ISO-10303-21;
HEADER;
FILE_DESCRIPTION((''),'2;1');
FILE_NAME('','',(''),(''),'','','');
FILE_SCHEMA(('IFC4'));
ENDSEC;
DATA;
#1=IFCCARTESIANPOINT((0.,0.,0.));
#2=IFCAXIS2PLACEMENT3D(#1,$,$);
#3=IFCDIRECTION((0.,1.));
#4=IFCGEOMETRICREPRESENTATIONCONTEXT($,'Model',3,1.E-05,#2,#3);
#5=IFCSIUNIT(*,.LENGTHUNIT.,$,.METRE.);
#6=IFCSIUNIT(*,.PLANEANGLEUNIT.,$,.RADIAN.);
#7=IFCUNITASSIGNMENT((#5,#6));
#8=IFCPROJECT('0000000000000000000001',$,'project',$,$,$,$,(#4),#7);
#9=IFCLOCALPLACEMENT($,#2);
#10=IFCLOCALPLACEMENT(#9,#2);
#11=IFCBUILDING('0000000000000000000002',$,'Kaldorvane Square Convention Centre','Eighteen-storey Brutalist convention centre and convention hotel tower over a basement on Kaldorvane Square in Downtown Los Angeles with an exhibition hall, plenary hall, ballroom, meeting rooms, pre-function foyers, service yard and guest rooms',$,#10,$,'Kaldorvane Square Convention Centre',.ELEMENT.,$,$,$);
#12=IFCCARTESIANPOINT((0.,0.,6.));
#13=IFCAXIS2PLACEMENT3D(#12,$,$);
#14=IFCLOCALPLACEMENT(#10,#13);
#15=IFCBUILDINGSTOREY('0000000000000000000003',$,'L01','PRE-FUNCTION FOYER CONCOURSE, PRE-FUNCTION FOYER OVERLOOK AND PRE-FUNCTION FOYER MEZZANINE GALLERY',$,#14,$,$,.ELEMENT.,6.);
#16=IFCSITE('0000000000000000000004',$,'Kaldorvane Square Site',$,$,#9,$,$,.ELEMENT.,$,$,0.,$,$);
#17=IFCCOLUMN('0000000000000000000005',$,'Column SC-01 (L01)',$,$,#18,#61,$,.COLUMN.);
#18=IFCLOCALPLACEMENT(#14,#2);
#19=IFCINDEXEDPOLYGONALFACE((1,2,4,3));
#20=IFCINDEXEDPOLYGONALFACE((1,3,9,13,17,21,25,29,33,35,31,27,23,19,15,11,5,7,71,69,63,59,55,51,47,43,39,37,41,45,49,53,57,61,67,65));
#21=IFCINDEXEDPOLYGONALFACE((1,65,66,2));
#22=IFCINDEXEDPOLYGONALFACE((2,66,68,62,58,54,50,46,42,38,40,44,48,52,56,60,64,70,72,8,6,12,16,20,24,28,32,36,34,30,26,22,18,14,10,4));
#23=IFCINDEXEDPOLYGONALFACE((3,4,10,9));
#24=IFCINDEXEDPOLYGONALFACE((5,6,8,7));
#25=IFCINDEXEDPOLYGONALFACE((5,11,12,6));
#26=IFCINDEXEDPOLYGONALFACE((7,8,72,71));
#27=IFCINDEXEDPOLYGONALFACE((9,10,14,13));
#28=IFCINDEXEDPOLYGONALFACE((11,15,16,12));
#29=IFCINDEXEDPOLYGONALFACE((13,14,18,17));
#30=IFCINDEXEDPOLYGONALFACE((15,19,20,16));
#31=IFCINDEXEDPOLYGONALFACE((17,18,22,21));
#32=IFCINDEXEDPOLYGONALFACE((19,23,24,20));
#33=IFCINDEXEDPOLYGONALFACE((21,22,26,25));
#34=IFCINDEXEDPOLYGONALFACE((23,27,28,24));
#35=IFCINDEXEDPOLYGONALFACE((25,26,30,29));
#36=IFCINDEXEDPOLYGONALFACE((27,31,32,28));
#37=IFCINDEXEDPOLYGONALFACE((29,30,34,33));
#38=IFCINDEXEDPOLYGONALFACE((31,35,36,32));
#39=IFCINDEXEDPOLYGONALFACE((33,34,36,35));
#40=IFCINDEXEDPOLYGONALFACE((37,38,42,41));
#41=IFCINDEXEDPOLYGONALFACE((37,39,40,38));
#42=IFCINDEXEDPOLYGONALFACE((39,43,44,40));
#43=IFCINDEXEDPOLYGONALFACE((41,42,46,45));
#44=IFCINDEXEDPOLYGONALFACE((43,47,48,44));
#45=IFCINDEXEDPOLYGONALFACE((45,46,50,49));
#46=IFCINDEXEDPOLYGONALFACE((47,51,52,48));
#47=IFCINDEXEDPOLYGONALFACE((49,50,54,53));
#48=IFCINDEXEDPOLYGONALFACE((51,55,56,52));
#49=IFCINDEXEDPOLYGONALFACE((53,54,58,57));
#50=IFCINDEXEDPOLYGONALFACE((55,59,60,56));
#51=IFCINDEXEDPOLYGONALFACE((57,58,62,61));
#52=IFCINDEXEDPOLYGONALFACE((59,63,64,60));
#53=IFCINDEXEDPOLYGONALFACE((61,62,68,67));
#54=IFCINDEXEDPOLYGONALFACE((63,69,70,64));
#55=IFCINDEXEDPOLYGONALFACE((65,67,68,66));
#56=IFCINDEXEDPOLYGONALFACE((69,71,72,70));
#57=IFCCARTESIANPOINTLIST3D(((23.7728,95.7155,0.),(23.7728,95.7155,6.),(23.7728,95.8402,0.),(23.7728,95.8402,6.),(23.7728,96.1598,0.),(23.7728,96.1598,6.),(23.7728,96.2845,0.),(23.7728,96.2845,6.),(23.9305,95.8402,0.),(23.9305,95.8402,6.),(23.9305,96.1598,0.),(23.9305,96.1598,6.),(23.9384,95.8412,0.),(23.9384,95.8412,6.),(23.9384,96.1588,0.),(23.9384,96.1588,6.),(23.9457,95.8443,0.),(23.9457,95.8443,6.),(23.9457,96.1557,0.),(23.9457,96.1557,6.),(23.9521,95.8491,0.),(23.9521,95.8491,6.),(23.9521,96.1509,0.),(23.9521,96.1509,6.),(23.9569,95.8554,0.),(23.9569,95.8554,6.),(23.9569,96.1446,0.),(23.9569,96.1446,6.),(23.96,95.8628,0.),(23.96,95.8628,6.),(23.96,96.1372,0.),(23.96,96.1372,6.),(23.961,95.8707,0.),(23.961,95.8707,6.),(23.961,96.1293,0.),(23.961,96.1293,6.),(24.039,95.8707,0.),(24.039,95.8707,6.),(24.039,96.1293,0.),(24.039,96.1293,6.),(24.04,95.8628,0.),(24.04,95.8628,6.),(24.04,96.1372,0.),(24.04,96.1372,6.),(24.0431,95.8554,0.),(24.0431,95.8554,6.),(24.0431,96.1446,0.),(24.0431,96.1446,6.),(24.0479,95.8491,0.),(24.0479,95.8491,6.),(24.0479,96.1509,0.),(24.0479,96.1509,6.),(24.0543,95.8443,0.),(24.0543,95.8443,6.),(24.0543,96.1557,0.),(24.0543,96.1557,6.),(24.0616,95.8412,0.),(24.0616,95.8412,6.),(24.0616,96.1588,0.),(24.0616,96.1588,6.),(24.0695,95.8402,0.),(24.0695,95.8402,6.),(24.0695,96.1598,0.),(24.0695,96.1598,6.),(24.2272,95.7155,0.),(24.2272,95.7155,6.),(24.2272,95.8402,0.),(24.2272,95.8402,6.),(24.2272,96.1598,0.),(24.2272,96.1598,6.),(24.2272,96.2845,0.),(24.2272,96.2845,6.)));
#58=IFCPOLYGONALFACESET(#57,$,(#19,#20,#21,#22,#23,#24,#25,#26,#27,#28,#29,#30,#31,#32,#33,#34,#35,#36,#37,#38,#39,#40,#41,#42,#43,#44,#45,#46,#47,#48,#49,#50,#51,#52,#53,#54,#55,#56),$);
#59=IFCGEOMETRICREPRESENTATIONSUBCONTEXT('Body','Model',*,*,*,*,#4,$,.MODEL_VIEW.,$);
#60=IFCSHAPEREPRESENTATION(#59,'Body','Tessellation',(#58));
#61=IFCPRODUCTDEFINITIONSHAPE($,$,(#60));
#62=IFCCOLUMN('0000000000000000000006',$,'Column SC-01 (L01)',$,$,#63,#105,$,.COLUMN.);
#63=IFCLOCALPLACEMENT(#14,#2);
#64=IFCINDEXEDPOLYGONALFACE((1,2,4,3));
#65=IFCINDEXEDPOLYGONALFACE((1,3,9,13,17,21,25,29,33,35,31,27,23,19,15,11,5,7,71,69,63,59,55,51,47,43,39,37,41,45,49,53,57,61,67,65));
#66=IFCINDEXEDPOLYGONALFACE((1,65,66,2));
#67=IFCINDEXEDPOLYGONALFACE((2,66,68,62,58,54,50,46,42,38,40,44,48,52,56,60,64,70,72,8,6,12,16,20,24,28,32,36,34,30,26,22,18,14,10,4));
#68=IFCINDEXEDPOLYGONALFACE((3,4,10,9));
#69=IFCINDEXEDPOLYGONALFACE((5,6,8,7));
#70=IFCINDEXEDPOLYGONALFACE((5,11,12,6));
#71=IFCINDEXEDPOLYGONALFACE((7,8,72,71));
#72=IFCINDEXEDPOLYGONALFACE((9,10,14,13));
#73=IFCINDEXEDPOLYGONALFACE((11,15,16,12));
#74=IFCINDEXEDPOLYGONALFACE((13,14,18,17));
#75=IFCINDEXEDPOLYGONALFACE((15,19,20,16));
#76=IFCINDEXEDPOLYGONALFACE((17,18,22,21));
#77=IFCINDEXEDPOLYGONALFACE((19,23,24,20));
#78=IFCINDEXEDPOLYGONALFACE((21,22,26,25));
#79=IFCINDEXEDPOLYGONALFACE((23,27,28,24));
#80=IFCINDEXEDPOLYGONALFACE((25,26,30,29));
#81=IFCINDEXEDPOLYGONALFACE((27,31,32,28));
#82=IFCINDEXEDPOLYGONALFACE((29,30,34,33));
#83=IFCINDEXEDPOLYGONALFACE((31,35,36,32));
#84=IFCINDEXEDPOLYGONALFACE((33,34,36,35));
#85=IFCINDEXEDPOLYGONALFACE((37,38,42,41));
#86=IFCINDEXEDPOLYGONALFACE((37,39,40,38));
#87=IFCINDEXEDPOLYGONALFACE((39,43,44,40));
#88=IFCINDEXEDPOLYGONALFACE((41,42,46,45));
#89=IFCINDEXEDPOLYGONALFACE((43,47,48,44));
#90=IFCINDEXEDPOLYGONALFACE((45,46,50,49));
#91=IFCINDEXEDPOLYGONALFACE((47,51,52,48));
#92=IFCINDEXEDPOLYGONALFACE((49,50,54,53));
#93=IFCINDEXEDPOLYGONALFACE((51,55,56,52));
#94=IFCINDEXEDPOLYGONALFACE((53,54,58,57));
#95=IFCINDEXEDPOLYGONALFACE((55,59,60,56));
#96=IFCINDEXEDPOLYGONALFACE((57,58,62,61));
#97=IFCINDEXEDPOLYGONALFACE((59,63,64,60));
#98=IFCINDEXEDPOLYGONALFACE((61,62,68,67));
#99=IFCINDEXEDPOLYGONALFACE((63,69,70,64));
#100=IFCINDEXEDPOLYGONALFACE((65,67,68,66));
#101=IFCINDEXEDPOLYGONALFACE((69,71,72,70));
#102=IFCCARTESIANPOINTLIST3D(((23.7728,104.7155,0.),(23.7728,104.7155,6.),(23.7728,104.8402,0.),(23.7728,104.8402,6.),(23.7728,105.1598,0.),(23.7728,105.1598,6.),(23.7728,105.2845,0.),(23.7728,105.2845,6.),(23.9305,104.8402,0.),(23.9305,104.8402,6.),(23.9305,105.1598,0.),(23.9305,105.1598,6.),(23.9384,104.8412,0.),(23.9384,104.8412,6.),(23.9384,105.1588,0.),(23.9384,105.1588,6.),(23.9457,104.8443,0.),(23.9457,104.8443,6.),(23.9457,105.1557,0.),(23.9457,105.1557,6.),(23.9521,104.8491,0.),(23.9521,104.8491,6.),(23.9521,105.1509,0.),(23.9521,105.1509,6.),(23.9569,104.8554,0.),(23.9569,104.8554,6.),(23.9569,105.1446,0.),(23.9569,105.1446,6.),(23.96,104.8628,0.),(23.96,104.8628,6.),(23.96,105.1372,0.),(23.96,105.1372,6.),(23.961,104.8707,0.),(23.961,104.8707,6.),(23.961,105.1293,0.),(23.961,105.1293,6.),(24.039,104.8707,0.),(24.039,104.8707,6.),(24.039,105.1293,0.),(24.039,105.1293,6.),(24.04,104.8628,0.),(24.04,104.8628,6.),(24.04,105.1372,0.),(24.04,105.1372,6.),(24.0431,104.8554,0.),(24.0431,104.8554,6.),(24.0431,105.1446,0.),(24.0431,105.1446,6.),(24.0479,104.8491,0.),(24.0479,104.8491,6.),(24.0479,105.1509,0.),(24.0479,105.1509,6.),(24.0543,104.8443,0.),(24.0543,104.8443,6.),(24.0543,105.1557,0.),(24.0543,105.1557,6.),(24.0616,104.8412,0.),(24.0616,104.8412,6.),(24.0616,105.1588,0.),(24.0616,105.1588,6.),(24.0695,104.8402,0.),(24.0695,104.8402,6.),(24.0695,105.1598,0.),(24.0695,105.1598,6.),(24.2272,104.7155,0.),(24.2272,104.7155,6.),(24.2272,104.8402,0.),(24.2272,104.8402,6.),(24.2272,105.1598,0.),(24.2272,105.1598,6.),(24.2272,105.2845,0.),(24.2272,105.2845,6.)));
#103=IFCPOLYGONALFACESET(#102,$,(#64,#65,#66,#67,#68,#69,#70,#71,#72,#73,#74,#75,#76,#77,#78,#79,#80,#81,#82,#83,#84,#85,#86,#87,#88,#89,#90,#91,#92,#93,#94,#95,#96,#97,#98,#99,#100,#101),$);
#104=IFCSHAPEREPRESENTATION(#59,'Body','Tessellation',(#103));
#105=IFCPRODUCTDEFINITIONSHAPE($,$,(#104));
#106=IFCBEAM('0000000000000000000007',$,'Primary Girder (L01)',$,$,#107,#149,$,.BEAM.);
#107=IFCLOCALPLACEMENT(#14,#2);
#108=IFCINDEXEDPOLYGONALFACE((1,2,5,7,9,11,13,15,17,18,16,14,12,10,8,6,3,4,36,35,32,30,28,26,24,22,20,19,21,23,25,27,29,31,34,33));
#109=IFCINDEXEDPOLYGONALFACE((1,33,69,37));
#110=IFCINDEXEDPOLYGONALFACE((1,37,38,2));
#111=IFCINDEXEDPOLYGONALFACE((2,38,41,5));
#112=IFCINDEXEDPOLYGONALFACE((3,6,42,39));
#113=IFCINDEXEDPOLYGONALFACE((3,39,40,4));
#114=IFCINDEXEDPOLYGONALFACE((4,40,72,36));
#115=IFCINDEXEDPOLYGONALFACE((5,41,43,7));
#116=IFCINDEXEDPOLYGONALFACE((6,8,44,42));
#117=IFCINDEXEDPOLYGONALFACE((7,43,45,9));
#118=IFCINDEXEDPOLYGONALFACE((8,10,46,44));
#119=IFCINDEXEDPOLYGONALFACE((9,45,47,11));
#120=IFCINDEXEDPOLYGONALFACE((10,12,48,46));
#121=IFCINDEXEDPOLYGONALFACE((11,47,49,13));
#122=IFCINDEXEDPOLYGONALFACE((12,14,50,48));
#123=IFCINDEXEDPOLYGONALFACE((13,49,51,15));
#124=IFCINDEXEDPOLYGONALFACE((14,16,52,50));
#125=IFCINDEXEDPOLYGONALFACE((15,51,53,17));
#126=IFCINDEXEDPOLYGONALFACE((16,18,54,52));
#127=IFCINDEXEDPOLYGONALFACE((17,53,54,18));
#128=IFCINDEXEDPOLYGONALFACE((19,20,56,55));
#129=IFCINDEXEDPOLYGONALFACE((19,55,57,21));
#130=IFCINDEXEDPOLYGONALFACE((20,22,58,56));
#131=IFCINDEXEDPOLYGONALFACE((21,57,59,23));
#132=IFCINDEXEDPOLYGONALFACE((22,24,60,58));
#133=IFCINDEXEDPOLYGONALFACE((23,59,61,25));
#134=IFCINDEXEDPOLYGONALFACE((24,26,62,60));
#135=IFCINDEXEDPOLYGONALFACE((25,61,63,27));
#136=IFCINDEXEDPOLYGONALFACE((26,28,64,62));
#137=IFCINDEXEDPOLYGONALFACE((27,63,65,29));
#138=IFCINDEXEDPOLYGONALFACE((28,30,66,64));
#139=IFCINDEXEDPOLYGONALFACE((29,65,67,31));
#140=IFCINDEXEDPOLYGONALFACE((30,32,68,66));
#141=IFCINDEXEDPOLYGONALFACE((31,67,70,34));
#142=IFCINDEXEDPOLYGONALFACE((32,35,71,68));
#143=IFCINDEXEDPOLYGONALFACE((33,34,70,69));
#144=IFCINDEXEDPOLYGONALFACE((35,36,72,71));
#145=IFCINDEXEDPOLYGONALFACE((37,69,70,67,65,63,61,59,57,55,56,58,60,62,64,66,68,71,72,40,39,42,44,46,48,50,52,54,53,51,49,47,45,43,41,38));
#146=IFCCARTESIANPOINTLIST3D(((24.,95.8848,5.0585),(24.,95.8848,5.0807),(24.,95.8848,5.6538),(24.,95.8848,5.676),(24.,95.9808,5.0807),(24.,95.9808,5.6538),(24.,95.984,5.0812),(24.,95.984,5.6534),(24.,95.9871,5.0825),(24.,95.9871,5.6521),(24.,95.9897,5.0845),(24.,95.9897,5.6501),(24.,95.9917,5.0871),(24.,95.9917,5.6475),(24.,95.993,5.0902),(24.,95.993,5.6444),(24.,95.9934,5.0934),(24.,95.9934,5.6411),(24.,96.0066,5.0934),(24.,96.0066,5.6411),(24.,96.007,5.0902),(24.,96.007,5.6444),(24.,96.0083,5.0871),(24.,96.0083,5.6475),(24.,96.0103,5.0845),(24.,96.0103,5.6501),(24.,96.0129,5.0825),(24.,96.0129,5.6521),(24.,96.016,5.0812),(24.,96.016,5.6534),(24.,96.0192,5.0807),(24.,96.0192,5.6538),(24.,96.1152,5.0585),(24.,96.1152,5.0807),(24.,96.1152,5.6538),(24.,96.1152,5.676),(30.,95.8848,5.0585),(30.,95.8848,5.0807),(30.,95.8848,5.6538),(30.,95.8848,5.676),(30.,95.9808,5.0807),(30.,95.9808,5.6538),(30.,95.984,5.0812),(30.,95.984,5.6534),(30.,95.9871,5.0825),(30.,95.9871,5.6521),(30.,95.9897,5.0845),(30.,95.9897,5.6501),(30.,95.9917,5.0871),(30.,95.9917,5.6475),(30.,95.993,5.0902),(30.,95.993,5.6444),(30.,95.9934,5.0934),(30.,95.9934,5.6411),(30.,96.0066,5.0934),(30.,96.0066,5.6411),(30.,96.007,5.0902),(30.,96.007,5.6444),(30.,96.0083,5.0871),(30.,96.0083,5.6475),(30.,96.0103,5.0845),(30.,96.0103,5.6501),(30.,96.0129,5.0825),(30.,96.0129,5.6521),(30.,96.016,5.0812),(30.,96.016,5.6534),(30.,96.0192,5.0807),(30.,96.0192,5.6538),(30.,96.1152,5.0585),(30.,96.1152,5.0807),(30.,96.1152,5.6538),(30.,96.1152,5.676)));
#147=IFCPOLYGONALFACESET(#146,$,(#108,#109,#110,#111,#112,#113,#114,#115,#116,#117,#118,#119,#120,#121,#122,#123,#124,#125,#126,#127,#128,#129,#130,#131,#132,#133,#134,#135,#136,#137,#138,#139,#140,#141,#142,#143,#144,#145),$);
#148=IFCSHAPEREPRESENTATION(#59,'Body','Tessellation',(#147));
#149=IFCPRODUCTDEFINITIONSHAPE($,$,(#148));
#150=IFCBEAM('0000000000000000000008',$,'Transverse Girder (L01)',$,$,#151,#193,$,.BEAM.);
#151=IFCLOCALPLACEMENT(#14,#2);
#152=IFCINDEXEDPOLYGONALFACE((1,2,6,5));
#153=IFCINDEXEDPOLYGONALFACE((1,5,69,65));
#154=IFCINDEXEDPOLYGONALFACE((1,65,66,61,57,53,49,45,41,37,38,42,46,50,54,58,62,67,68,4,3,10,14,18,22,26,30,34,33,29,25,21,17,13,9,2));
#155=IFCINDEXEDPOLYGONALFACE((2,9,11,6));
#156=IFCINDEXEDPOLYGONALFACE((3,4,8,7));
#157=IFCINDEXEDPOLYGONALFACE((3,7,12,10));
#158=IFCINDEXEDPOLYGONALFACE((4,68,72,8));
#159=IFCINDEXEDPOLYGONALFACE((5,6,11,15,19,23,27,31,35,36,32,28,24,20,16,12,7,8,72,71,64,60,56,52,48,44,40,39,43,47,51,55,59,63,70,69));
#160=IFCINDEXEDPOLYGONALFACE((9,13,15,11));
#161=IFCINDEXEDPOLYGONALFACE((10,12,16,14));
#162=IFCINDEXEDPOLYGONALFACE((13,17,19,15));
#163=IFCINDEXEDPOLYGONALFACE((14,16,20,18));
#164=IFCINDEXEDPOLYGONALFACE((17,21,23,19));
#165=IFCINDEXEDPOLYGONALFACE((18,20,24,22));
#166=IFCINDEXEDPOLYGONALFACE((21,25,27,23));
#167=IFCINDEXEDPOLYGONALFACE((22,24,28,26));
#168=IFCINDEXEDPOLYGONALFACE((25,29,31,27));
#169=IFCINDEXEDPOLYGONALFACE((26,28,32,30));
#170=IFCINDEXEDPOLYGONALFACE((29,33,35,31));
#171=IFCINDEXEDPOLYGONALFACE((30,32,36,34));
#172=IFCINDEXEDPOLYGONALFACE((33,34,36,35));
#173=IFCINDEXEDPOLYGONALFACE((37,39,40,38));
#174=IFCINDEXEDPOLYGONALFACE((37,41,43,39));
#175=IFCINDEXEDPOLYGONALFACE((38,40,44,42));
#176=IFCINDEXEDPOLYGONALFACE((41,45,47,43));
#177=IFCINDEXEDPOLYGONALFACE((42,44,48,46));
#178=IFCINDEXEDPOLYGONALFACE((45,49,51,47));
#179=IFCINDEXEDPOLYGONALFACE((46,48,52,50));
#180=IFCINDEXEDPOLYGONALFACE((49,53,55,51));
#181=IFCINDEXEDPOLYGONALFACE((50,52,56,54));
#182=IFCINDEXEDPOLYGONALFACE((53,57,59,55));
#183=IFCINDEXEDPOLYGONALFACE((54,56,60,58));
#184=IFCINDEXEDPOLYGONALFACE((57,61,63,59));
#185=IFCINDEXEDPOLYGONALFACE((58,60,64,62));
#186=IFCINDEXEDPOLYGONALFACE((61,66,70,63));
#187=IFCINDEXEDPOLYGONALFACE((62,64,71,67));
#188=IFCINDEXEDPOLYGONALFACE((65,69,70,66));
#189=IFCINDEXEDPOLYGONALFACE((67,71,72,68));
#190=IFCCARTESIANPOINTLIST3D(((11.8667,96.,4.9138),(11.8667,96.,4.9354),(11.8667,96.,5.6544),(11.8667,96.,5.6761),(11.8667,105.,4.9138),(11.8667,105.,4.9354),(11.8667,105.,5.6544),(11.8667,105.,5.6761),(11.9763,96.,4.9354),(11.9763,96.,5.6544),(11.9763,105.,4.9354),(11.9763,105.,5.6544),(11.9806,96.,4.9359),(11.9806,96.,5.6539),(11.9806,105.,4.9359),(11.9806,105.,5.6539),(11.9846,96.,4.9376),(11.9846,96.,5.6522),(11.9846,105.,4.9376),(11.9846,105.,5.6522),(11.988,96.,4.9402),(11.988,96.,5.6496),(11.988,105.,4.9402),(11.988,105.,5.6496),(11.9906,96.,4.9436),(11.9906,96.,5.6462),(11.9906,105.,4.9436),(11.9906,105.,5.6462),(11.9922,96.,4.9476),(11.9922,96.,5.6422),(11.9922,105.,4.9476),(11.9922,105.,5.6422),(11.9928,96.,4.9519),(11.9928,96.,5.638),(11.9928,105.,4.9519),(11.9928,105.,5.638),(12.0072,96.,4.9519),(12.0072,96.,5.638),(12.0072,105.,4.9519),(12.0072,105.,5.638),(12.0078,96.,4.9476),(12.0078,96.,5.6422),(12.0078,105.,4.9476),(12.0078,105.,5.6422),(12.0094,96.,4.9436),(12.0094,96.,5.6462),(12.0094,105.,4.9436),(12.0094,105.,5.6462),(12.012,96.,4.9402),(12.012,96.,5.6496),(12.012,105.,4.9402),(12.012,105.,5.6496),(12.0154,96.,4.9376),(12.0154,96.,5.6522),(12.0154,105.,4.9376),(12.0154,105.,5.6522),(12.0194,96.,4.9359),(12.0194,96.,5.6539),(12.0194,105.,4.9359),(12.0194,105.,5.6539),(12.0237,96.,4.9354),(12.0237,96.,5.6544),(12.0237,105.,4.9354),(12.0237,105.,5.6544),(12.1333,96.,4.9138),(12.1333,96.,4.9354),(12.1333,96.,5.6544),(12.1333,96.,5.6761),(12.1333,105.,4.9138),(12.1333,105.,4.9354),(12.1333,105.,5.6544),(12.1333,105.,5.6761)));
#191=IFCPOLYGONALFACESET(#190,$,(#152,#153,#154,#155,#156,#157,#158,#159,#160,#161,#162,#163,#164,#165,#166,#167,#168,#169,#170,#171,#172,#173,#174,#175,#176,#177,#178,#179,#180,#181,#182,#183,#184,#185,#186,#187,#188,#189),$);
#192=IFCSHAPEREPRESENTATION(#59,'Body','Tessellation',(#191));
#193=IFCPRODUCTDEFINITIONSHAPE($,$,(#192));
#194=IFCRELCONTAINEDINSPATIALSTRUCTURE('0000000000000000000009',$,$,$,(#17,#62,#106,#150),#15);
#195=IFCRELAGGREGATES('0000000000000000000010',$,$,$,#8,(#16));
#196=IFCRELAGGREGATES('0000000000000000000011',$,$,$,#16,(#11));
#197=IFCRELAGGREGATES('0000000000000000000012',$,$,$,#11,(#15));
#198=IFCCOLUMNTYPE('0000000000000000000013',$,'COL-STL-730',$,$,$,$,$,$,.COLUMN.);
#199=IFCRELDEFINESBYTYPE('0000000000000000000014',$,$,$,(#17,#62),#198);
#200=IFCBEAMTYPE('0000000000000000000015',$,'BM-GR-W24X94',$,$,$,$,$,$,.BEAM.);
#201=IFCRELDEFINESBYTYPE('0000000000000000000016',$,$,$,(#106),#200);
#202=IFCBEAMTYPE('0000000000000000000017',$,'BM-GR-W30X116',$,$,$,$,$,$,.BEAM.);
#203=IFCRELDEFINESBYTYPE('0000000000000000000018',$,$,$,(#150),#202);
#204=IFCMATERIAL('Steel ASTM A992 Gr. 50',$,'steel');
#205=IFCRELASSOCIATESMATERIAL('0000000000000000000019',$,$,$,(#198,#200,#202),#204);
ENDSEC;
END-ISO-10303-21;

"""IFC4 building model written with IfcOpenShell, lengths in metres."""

from ifc_helpers import new_model, si_unit, direction, frame, origin, origin_2d, place, context, subcontext, project, spatial, i_section, extrude, material, material_profile, profile_set, type_object, element, save


model = new_model("IFC4")

# Units and contexts
model_context = context("Model", 3, precision=1e-05, world=origin(), true_north=direction((0.0, 1.0)))
body_context = subcontext(model_context, "Body", "Model", "MODEL_VIEW")
ifc_project = project(units=[si_unit("LENGTHUNIT", "METRE"), si_unit("PLANEANGLEUNIT", "RADIAN")], contexts=[model_context])

# Site, building, storey
site_placement = place(None, origin())
site = spatial("IfcSite", under=ifc_project, at=site_placement, Name="Kaldorvane Square Site", CompositionType="ELEMENT", RefElevation=0.0)
building_placement = place(site_placement, origin())
building = spatial("IfcBuilding", under=site, at=building_placement, Name="Kaldorvane Square Convention Centre", Description="Eighteen-storey Brutalist convention centre and convention hotel tower over a basement on Kaldorvane Square in Downtown Los Angeles with an exhibition hall, plenary hall, ballroom, meeting rooms, pre-function foyers, service yard and guest rooms", LongName="Kaldorvane Square Convention Centre", CompositionType="ELEMENT")
storey_placement = place(building_placement, frame((0.0, 0.0, 6.0)))
storey = spatial("IfcBuildingStorey", under=building, at=storey_placement, Name="L01", Description="PRE-FUNCTION FOYER CONCOURSE, PRE-FUNCTION FOYER OVERLOOK AND PRE-FUNCTION FOYER MEZZANINE GALLERY", CompositionType="ELEMENT", Elevation=6.0)

# Columns
ifc_material_1 = material(Name="Steel ASTM A992 Gr. 50", Category="steel")
ifc_material_profile_1 = material_profile(ifc_material_1, i_section(OverallWidth=0.4544, OverallDepth=0.569, WebThickness=0.078, FlangeThickness=0.1247, FilletRadius=0.0305, at=origin_2d()), Name="W14X730")
ifc_profile_set_1 = profile_set([ifc_material_profile_1], Name="Steel ASTM A992 Gr. 50")
column_type_1 = type_object("IfcColumnType", Name="COL-STL-730", PredefinedType="COLUMN", material=ifc_profile_set_1)
for number, where, z_axis, x_axis, name in (
    (1, (24.0, 96.0, 0.0), (0.0, 0.0, 1.0), (1.0, 0.0, 0.0), "Column SC-01 (L01)"),
    (2, (24.0, 105.0, 0.0), (0.0, 0.0, 1.0), (1.0, 0.0, 0.0), "Column SC-01 (L01)"),
):
    element("IfcColumn", number, at=place(storey_placement, frame(where, z_axis=z_axis, x_axis=x_axis)), inside=storey, type_object=column_type_1, Name=name, PredefinedType="COLUMN", context=body_context, shape_type="SweptSolid", body=[
        extrude(i_section(OverallWidth=0.4544, OverallDepth=0.569, WebThickness=0.078, FlangeThickness=0.1247, FilletRadius=0.0305, at=origin_2d()), origin(), (0.0, 0.0, 1.0), 6.0),
    ])

# Beams
ifc_material_profile_2 = material_profile(ifc_material_1, i_section(OverallWidth=0.2303, OverallDepth=0.6175, WebThickness=0.0131, FlangeThickness=0.0222, FilletRadius=0.0127, at=origin_2d()), Name="W24X94")
ifc_profile_set_2 = profile_set([ifc_material_profile_2], Name="Steel ASTM A992 Gr. 50")
beam_type_1 = type_object("IfcBeamType", Name="BM-GR-W24X94", PredefinedType="BEAM", material=ifc_profile_set_2)
beam_1_placement = place(storey_placement, frame((24.0, 96.0, 5.3673), z_axis=(1.0, 0.0, 0.0), x_axis=(0.0, 1.0, 0.0)))
element("IfcBeam", 3, at=beam_1_placement, inside=storey, type_object=beam_type_1, Name="Primary Girder (L01)", PredefinedType="BEAM", context=body_context, shape_type="SweptSolid", body=[
    extrude(i_section(OverallWidth=0.2303, OverallDepth=0.6175, WebThickness=0.0131, FlangeThickness=0.0222, FilletRadius=0.0127, at=origin_2d()), origin(), (0.0, 0.0, 1.0), 6.0),
])
ifc_material_profile_3 = material_profile(ifc_material_1, i_section(OverallWidth=0.2666, OverallDepth=0.7623, WebThickness=0.0144, FlangeThickness=0.0216, FilletRadius=0.0165, at=origin_2d()), Name="W30X116")
ifc_profile_set_3 = profile_set([ifc_material_profile_3], Name="Steel ASTM A992 Gr. 50")
beam_type_2 = type_object("IfcBeamType", Name="BM-GR-W30X116", PredefinedType="BEAM", material=ifc_profile_set_3)
for number, where, z_axis, x_axis, name in (
    (4, (12.0, 96.0, 5.2949), (0.0, 1.0, 0.0), (-1.0, 0.0, 0.0), "Transverse Girder (L01)"),
):
    element("IfcBeam", number, at=place(storey_placement, frame(where, z_axis=z_axis, x_axis=x_axis)), inside=storey, type_object=beam_type_2, Name=name, PredefinedType="BEAM", context=body_context, shape_type="SweptSolid", body=[
        extrude(i_section(OverallWidth=0.2666, OverallDepth=0.7623, WebThickness=0.0144, FlangeThickness=0.0216, FilletRadius=0.0165, at=origin_2d()), origin(), (0.0, 0.0, 1.0), 9.0),
    ])

save(model, "model.ifc")
